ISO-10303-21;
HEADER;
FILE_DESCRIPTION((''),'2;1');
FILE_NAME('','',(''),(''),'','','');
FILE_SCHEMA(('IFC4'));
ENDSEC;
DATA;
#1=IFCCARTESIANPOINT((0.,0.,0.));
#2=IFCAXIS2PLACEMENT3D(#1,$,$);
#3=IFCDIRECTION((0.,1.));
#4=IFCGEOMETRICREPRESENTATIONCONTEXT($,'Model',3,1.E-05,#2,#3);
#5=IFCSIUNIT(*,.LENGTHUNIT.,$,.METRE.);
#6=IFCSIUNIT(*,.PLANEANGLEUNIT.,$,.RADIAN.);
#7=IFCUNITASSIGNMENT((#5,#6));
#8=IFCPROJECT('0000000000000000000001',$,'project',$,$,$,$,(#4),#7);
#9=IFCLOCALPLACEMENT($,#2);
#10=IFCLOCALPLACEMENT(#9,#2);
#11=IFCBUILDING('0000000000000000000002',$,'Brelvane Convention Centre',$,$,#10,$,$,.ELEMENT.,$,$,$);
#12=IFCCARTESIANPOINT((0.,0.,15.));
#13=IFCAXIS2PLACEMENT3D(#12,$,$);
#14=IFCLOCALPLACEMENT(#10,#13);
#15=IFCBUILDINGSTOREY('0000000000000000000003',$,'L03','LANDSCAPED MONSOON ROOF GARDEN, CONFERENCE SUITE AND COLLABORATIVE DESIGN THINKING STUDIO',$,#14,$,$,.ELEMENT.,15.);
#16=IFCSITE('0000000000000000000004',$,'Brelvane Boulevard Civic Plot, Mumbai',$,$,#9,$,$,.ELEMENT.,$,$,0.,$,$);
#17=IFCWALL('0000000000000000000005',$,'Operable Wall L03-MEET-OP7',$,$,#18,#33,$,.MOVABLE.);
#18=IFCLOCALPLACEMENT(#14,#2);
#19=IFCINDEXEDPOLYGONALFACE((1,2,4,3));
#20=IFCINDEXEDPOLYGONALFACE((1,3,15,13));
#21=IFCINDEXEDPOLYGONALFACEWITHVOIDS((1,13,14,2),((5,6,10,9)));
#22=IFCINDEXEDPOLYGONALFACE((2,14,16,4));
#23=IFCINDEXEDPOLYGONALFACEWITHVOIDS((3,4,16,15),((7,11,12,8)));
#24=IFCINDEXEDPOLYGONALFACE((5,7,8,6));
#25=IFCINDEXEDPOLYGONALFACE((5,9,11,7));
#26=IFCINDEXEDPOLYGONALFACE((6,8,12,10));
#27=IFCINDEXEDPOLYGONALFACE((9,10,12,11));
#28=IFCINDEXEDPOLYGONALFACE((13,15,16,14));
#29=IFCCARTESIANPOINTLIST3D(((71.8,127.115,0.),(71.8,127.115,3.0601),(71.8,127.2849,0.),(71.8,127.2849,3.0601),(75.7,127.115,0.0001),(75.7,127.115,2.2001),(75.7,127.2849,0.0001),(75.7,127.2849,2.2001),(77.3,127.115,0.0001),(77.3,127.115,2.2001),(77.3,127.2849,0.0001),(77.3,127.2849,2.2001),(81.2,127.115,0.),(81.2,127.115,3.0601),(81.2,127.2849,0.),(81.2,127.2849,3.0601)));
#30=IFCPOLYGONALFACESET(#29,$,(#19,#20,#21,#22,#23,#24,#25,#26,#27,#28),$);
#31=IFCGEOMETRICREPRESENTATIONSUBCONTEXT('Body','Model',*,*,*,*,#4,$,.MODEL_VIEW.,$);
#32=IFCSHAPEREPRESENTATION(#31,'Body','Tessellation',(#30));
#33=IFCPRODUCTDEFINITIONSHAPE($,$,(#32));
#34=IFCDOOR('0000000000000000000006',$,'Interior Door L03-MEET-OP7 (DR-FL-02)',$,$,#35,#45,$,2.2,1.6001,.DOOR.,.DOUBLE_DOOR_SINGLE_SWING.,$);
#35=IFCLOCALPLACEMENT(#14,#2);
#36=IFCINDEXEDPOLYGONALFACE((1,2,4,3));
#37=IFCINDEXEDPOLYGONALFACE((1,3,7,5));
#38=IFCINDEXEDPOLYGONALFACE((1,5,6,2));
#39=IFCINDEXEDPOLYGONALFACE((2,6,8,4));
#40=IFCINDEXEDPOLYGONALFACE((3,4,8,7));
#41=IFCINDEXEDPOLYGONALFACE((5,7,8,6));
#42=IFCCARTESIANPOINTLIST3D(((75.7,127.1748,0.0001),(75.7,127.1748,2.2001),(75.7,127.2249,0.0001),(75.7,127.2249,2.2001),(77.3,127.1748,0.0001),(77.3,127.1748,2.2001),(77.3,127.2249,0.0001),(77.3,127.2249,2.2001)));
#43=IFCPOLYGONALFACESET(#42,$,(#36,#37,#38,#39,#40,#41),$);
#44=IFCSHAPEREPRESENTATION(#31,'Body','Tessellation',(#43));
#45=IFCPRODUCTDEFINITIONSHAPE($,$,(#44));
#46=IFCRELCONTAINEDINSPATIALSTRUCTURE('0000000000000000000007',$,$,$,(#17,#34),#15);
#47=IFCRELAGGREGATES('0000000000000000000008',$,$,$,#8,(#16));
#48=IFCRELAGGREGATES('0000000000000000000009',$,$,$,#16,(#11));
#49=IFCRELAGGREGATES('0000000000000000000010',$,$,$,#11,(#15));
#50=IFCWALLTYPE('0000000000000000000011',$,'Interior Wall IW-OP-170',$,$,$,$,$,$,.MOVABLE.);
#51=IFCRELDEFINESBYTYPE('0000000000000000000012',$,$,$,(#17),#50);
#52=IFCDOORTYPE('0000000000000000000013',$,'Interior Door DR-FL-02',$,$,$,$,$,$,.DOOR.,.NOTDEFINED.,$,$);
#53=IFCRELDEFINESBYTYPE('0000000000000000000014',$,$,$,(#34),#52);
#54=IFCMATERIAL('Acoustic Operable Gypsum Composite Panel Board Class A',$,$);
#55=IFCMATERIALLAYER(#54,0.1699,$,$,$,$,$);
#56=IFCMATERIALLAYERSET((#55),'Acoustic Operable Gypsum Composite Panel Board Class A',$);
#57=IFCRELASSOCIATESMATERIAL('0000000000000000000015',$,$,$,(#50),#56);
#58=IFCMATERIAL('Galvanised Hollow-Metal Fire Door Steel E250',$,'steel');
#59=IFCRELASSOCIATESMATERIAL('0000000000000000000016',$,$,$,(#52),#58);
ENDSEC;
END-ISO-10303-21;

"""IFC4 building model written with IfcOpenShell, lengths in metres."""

from ifc_helpers import new_model, si_unit, direction, frame, frame_2d, origin, place, context, subcontext, project, spatial, rectangle, extrude, material, layer, layer_set, type_object, element, fill, save


model = new_model("IFC4")

# Units and contexts
model_context = context("Model", 3, precision=1e-05, world=origin(), true_north=direction((0.0, 1.0)))
body_context = subcontext(model_context, "Body", "Model", "MODEL_VIEW")
ifc_project = project(units=[si_unit("LENGTHUNIT", "METRE"), si_unit("PLANEANGLEUNIT", "RADIAN")], contexts=[model_context])

# Site, building, storey
site_placement = place(None, origin())
site = spatial("IfcSite", under=ifc_project, at=site_placement, Name="Brelvane Boulevard Civic Plot, Mumbai", CompositionType="ELEMENT", RefElevation=0.0)
building_placement = place(site_placement, origin())
building = spatial("IfcBuilding", under=site, at=building_placement, Name="Brelvane Convention Centre", CompositionType="ELEMENT")
storey_placement = place(building_placement, frame((0.0, 0.0, 15.0)))
storey = spatial("IfcBuildingStorey", under=building, at=storey_placement, Name="L03", Description="LANDSCAPED MONSOON ROOF GARDEN, CONFERENCE SUITE AND COLLABORATIVE DESIGN THINKING STUDIO", CompositionType="ELEMENT", Elevation=15.0)

# Wall, opening, door
ifc_material_1 = material(Name="Acoustic Operable Gypsum Composite Panel Board Class A")
ifc_layer_1 = layer(ifc_material_1, 0.1699)
ifc_layer_set_1 = layer_set([ifc_layer_1], Name="Acoustic Operable Gypsum Composite Panel Board Class A")
wall_type_1 = type_object("IfcWallType", Name="Interior Wall IW-OP-170", PredefinedType="MOVABLE", material=ifc_layer_set_1)
wall_1_placement = place(storey_placement, frame((71.8, 127.2, 0.0), z_axis=(0.0, 0.0, 1.0), x_axis=(1.0, 0.0, 0.0)))
wall_1 = element("IfcWall", 1, at=wall_1_placement, inside=storey, type_object=wall_type_1, Name="Operable Wall L03-MEET-OP7", PredefinedType="MOVABLE", context=body_context, shape_type="SweptSolid", body=[
    extrude(rectangle(XDim=9.3999, YDim=0.1699, at=frame_2d((4.7, 0.0))), origin(), (0.0, 0.0, 1.0), 3.0601),
])
opening_1_placement = place(wall_1_placement, frame((3.8999, 0.0, 0.0)))
opening_1 = element("IfcOpeningElement", 2, at=opening_1_placement, cuts=wall_1, PredefinedType="OPENING", context=body_context, shape_type="SweptSolid", body=[
    extrude(rectangle(XDim=1.6001, YDim=2.2, at=frame_2d((0.8, 1.1001))), frame((0.0, 0.095, 0.0), z_axis=(0.0, -1.0, 0.0), x_axis=(1.0, 0.0, 0.0)), (0.0, 0.0, 1.0), 0.1899),
])
ifc_material_2 = material(Name="Galvanised Hollow-Metal Fire Door Steel E250", Category="steel")
door_type_1 = type_object("IfcDoorType", Name="Interior Door DR-FL-02", OperationType="NOTDEFINED", PredefinedType="DOOR", material=ifc_material_2)
door_1_placement = place(opening_1_placement, origin())
door_1 = element("IfcDoor", 3, at=door_1_placement, inside=storey, type_object=door_type_1, Name="Interior Door L03-MEET-OP7 (DR-FL-02)", OperationType="DOUBLE_DOOR_SINGLE_SWING", OverallHeight=2.2, OverallWidth=1.6001, PredefinedType="DOOR", context=body_context, shape_type="SweptSolid", body=[
    extrude(rectangle(XDim=1.6001, YDim=2.2, at=frame_2d((0.8, 1.1001))), frame((0.0, 0.0249, 0.0), z_axis=(0.0, -1.0, 0.0), x_axis=(1.0, 0.0, 0.0)), (0.0, 0.0, 1.0), 0.05),
])
fill(opening_1, door_1)

save(model, "model.ifc")
